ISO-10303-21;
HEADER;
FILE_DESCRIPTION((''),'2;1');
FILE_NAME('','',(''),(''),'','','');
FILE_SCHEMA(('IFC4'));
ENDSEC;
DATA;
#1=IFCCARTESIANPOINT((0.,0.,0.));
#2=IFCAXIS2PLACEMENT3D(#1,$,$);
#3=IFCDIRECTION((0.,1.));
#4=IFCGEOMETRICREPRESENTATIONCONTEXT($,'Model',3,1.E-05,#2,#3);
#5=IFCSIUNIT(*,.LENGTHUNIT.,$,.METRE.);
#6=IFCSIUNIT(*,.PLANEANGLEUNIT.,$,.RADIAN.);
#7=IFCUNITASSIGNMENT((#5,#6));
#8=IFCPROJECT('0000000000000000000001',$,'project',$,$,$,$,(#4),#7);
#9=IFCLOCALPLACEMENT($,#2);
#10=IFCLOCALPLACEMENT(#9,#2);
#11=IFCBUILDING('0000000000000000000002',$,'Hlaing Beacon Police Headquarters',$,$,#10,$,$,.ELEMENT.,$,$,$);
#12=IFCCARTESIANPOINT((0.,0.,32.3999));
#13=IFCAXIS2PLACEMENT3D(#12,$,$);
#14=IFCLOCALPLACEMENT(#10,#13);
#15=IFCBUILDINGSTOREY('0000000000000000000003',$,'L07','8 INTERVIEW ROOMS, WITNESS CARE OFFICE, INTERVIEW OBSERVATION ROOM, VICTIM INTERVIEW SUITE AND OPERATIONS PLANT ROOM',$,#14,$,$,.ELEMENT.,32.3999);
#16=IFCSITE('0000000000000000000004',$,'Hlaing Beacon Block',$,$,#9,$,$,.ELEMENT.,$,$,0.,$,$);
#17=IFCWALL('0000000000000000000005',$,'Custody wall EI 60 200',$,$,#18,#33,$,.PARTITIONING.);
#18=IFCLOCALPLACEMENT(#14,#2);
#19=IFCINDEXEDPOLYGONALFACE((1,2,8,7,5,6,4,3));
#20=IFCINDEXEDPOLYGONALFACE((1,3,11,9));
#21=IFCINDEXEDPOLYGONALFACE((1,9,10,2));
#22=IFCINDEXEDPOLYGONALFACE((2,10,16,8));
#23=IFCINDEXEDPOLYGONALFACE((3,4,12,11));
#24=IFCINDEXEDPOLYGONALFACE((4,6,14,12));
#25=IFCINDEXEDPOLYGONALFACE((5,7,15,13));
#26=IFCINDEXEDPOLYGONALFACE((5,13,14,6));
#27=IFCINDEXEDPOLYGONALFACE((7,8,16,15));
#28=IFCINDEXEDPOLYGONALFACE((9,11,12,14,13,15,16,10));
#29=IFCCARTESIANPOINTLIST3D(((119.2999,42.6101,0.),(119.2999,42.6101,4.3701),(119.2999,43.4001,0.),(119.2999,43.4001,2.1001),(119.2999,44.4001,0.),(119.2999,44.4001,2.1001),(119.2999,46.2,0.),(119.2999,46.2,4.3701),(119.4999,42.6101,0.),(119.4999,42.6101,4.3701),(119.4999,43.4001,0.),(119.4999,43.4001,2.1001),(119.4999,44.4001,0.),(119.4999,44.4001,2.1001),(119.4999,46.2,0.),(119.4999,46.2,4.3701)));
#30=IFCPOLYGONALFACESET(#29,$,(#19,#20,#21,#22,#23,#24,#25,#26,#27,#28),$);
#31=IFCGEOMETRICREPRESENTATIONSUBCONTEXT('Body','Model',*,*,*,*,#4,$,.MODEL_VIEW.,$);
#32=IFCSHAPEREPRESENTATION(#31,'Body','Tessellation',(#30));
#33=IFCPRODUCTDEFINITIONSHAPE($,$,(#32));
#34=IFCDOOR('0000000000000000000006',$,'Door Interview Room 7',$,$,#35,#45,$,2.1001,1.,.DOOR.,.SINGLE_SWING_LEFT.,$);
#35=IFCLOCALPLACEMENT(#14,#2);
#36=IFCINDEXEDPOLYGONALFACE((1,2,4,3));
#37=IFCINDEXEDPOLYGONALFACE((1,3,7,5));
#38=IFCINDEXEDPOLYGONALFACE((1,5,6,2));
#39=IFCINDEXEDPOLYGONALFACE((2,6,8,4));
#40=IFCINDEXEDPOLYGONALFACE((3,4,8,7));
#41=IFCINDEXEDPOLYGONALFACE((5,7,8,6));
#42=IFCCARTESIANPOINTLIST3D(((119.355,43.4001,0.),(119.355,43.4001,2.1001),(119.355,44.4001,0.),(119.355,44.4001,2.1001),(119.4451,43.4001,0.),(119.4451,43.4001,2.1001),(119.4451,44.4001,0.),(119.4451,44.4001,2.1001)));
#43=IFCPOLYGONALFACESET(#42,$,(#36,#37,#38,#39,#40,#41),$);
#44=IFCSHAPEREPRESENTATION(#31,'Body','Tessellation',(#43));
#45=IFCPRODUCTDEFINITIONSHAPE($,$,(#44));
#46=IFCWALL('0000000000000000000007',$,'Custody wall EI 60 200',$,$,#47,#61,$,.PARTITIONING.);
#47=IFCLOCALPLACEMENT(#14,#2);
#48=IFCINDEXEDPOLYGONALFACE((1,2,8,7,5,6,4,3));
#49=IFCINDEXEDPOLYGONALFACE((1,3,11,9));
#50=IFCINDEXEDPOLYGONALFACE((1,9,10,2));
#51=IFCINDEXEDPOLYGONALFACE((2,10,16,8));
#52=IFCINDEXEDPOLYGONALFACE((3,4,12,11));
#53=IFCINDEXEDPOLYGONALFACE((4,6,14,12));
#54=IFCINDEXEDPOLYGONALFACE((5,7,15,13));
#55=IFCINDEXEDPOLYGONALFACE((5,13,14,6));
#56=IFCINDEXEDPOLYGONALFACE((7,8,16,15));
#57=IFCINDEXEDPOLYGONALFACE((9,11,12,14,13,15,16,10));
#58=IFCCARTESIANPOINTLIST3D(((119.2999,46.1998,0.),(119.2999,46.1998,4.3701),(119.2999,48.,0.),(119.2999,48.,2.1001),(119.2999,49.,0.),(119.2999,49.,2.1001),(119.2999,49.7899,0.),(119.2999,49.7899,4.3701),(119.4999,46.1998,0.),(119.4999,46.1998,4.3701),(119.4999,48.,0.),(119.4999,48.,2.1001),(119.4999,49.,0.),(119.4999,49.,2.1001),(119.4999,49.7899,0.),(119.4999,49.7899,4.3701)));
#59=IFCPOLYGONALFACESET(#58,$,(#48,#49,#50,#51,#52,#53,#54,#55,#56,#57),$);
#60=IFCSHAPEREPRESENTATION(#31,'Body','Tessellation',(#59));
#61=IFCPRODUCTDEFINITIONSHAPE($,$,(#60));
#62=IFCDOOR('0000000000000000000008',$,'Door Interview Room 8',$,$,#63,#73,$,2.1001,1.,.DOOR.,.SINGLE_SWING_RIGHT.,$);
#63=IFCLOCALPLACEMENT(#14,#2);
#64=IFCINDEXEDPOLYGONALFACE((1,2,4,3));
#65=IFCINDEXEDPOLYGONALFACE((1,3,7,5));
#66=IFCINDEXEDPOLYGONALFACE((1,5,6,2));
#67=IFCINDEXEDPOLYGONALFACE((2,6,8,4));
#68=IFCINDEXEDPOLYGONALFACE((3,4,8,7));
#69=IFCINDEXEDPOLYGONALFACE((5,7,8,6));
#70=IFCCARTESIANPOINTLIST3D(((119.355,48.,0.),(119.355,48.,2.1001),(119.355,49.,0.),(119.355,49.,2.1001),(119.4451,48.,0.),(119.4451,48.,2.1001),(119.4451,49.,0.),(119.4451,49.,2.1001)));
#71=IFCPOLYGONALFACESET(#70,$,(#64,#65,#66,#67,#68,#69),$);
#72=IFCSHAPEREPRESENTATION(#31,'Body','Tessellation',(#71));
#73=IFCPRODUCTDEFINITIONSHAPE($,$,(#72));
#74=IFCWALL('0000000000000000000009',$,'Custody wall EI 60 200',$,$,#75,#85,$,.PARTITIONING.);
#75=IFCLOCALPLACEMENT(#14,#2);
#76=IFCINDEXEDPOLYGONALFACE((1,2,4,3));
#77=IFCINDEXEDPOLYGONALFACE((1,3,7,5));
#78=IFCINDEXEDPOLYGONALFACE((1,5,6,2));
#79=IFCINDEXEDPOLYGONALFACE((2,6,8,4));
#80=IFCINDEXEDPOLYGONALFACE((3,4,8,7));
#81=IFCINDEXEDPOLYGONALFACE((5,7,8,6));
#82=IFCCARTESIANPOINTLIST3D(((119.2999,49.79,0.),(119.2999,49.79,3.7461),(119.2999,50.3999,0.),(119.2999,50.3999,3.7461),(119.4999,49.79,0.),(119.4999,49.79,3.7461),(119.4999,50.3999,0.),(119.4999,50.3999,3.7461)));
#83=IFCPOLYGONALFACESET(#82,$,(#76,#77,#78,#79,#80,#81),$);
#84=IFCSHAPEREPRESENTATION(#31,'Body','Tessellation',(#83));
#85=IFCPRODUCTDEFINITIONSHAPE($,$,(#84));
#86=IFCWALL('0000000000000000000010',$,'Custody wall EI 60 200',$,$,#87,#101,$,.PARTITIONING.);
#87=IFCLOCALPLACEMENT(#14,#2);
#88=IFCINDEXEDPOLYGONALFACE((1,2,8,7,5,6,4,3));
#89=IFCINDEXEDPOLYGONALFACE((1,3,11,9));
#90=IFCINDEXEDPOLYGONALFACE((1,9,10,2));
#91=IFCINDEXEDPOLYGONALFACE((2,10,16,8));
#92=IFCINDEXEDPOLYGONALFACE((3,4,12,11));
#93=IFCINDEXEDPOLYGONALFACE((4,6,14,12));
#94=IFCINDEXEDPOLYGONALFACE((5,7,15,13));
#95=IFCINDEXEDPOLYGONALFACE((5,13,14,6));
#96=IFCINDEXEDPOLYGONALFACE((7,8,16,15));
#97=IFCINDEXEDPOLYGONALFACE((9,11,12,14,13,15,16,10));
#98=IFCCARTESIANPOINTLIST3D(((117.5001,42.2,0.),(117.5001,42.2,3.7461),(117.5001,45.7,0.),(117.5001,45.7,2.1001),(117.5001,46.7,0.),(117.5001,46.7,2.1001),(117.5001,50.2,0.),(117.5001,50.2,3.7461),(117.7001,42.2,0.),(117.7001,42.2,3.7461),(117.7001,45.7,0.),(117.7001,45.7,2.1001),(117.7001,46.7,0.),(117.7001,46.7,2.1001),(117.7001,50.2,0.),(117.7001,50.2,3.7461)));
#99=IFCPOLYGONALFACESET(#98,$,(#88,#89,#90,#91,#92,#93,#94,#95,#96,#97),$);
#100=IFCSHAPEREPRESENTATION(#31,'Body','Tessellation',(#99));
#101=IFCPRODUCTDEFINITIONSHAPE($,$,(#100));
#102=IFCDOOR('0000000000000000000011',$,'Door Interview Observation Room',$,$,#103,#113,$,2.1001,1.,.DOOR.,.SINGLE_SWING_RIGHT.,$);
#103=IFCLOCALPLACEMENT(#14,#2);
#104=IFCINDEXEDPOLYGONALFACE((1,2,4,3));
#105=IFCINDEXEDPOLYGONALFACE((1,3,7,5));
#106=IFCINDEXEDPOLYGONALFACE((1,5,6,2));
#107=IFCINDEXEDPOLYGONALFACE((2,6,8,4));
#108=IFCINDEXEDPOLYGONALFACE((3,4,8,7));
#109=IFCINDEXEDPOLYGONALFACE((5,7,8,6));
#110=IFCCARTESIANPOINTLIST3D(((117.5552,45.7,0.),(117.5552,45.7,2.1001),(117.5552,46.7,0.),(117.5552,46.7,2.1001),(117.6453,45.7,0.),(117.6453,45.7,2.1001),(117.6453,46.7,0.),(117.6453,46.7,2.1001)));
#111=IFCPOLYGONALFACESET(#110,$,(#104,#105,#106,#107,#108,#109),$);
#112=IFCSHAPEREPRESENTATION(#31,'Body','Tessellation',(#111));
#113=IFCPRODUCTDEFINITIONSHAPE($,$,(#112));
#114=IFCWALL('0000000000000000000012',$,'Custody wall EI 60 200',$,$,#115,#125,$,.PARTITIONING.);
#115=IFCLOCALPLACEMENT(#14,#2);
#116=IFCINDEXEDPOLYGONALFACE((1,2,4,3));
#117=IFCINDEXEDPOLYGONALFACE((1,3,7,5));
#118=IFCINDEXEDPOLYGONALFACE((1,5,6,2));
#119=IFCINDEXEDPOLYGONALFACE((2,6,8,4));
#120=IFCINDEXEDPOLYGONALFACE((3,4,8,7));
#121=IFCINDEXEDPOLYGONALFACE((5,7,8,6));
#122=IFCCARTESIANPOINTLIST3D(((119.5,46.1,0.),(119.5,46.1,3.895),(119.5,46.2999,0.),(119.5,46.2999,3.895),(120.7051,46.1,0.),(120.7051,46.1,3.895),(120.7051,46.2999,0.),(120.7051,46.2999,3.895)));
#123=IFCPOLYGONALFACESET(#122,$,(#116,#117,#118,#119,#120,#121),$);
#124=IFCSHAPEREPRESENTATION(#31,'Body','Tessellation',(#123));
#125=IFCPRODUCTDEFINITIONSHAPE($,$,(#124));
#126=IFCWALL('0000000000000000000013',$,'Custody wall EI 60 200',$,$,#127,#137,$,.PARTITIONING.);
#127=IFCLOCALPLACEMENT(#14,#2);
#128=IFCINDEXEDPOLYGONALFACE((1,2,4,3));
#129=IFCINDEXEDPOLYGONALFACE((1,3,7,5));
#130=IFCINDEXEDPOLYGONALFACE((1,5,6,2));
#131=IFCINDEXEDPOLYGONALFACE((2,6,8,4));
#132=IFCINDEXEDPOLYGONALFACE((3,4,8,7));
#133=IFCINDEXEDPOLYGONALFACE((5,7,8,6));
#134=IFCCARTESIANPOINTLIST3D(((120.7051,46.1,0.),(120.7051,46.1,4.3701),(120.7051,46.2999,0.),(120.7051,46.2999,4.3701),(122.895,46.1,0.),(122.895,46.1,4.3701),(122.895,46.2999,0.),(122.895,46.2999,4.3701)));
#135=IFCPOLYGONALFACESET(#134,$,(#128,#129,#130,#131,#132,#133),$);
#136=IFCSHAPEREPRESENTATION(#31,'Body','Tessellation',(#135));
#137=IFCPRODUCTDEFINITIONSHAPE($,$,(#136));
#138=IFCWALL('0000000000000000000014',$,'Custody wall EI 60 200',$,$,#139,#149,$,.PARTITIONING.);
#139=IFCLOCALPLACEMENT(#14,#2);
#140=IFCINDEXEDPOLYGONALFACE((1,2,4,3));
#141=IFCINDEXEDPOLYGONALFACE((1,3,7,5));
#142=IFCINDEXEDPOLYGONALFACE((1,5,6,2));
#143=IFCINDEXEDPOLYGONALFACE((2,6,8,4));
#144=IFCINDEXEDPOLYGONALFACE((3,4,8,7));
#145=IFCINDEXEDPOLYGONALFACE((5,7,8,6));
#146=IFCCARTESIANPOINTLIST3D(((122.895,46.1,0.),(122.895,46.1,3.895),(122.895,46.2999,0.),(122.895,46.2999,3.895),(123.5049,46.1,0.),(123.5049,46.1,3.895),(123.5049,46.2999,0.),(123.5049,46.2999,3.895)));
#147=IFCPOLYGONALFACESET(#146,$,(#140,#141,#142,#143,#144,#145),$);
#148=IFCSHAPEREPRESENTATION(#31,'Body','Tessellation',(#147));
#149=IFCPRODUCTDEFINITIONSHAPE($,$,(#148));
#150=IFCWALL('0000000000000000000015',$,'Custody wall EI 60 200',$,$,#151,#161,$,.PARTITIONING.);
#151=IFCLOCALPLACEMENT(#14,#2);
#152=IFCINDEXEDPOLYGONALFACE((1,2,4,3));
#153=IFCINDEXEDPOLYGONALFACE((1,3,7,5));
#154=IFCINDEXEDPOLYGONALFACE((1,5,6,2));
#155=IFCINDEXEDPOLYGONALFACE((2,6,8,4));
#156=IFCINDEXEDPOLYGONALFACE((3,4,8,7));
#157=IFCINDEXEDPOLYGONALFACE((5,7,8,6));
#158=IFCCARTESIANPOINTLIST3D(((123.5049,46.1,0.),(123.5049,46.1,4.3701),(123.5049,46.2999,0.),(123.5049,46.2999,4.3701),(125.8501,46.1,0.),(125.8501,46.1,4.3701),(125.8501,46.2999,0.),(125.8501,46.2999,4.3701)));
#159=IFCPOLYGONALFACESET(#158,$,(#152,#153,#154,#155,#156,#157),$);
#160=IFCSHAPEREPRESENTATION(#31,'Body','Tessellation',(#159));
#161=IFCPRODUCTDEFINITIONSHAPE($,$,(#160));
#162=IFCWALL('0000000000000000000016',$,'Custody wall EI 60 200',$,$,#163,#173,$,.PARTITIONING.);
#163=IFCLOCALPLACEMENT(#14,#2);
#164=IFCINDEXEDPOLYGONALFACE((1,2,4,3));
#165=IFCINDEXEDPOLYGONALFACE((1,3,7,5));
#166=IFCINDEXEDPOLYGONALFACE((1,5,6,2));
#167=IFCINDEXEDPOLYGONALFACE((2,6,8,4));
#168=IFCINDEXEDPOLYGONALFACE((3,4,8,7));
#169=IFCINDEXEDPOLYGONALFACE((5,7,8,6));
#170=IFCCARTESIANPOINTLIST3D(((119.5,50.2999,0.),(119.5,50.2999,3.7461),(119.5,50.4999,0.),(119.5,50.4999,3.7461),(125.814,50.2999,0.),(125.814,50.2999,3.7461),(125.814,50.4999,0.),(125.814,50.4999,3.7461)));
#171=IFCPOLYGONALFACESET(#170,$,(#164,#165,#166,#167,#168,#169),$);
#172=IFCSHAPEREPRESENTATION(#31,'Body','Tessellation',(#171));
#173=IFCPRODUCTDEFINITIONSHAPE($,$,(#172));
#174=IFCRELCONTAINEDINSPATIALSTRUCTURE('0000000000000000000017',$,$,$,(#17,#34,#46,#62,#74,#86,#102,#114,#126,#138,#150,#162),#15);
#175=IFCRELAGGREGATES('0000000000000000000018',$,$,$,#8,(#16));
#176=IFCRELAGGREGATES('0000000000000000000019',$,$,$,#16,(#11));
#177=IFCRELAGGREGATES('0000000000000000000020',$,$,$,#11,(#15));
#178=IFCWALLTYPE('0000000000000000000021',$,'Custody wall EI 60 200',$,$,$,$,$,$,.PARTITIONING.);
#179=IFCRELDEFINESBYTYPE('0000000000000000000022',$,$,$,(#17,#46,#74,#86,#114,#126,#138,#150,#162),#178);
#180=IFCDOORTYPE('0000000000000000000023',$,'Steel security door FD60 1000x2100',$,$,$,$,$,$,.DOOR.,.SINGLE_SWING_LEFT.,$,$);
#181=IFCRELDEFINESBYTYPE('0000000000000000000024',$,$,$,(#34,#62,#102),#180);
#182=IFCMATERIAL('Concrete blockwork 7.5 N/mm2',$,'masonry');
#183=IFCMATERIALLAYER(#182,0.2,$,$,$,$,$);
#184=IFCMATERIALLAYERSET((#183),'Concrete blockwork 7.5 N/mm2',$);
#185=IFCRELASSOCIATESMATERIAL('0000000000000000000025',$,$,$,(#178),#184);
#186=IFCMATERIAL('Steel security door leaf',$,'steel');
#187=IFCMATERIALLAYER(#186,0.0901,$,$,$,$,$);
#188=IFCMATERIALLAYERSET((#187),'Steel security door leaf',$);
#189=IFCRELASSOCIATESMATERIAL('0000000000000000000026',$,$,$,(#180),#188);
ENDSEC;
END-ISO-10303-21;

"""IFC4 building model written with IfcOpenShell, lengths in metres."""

from ifc_helpers import new_model, si_unit, direction, frame, frame_2d, origin, place, context, subcontext, project, spatial, rectangle, extrude, material, layer, layer_set, type_object, element, fill, save


model = new_model("IFC4")

# Units and contexts
model_context = context("Model", 3, precision=1e-05, world=origin(), true_north=direction((0.0, 1.0)))
body_context = subcontext(model_context, "Body", "Model", "MODEL_VIEW")
ifc_project = project(units=[si_unit("LENGTHUNIT", "METRE"), si_unit("PLANEANGLEUNIT", "RADIAN")], contexts=[model_context])

# Site, building, storey
site_placement = place(None, origin())
site = spatial("IfcSite", under=ifc_project, at=site_placement, Name="Hlaing Beacon Block", CompositionType="ELEMENT", RefElevation=0.0)
building_placement = place(site_placement, origin())
building = spatial("IfcBuilding", under=site, at=building_placement, Name="Hlaing Beacon Police Headquarters", CompositionType="ELEMENT")
storey_placement = place(building_placement, frame((0.0, 0.0, 32.3999)))
storey = spatial("IfcBuildingStorey", under=building, at=storey_placement, Name="L07", Description="8 INTERVIEW ROOMS, WITNESS CARE OFFICE, INTERVIEW OBSERVATION ROOM, VICTIM INTERVIEW SUITE AND OPERATIONS PLANT ROOM", CompositionType="ELEMENT", Elevation=32.3999)

# Walls, openings, doors
ifc_material_1 = material(Name="Concrete blockwork 7.5 N/mm2", Category="masonry")
ifc_layer_1 = layer(ifc_material_1, 0.2)
ifc_layer_set_1 = layer_set([ifc_layer_1], Name="Concrete blockwork 7.5 N/mm2")
wall_type_1 = type_object("IfcWallType", Name="Custody wall EI 60 200", PredefinedType="PARTITIONING", material=ifc_layer_set_1)
wall_1_placement = place(storey_placement, frame((119.3999, 42.6101, 0.0), z_axis=(0.0, 0.0, 1.0), x_axis=(0.0, 1.0, 0.0)))
wall_1 = element("IfcWall", 1, at=wall_1_placement, inside=storey, type_object=wall_type_1, Name="Custody wall EI 60 200", PredefinedType="PARTITIONING", context=body_context, shape_type="SweptSolid", body=[
    extrude(rectangle(XDim=3.5898, YDim=0.2, at=frame_2d((1.7949, 0.0))), origin(), (0.0, 0.0, 1.0), 4.3701),
])
opening_1_placement = place(wall_1_placement, frame((0.79, 0.0, 0.0)))
opening_1 = element("IfcOpeningElement", 2, at=opening_1_placement, cuts=wall_1, PredefinedType="OPENING", context=body_context, shape_type="SweptSolid", body=[
    extrude(rectangle(XDim=1.0, YDim=2.1001, at=frame_2d((0.5, 1.05))), frame((0.0, 0.1099, 0.0), z_axis=(0.0, -1.0, 0.0), x_axis=(1.0, 0.0, 0.0)), (0.0, 0.0, 1.0), 0.22),
])
ifc_material_2 = material(Name="Steel security door leaf", Category="steel")
ifc_layer_2 = layer(ifc_material_2, 0.0901)
ifc_layer_set_2 = layer_set([ifc_layer_2], Name="Steel security door leaf")
door_type = type_object("IfcDoorType", Name="Steel security door FD60 1000x2100", OperationType="SINGLE_SWING_LEFT", PredefinedType="DOOR", material=ifc_layer_set_2)
door_1_placement = place(opening_1_placement, frame((1.0, 0.0, 0.0), z_axis=(0.0, 0.0, 1.0), x_axis=(-1.0, 0.0, 0.0)))
door_1 = element("IfcDoor", 3, at=door_1_placement, inside=storey, type_object=door_type, Name="Door Interview Room 7", OperationType="SINGLE_SWING_LEFT", OverallHeight=2.1001, OverallWidth=1.0, PredefinedType="DOOR", context=body_context, shape_type="SweptSolid", body=[
    extrude(rectangle(XDim=1.0, YDim=2.1001, at=frame_2d((0.5, 1.05))), frame((0.0, 0.0452, 0.0), z_axis=(0.0, -1.0, 0.0), x_axis=(1.0, 0.0, 0.0)), (0.0, 0.0, 1.0), 0.0901),
])
fill(opening_1, door_1)
wall_2_placement = place(storey_placement, frame((119.3999, 46.2, 0.0), z_axis=(0.0, 0.0, 1.0), x_axis=(0.0, 1.0, 0.0)))
wall_2 = element("IfcWall", 4, at=wall_2_placement, inside=storey, type_object=wall_type_1, Name="Custody wall EI 60 200", PredefinedType="PARTITIONING", context=body_context, shape_type="SweptSolid", body=[
    extrude(rectangle(XDim=3.5901, YDim=0.2, at=frame_2d((1.7949, 0.0))), origin(), (0.0, 0.0, 1.0), 4.3701),
])
opening_2_placement = place(wall_2_placement, frame((1.8, 0.0, 0.0)))
opening_2 = element("IfcOpeningElement", 5, at=opening_2_placement, cuts=wall_2, PredefinedType="OPENING", context=body_context, shape_type="SweptSolid", body=[
    extrude(rectangle(XDim=1.0, YDim=2.1001, at=frame_2d((0.5, 1.05))), frame((0.0, 0.1099, 0.0), z_axis=(0.0, -1.0, 0.0), x_axis=(1.0, 0.0, 0.0)), (0.0, 0.0, 1.0), 0.22),
])
door_2_placement = place(opening_2_placement, frame((1.0, 0.0, 0.0), z_axis=(0.0, 0.0, 1.0), x_axis=(-1.0, 0.0, 0.0)))
door_2 = element("IfcDoor", 6, at=door_2_placement, inside=storey, type_object=door_type, Name="Door Interview Room 8", OperationType="SINGLE_SWING_RIGHT", OverallHeight=2.1001, OverallWidth=1.0, PredefinedType="DOOR", context=body_context, shape_type="SweptSolid", body=[
    extrude(rectangle(XDim=1.0, YDim=2.1001, at=frame_2d((0.5, 1.05))), frame((0.0, 0.0452, 0.0), z_axis=(0.0, -1.0, 0.0), x_axis=(1.0, 0.0, 0.0)), (0.0, 0.0, 1.0), 0.0901),
])
fill(opening_2, door_2)

# Wall
wall_3_placement = place(storey_placement, frame((119.3999, 49.79, 0.0), z_axis=(0.0, 0.0, 1.0), x_axis=(0.0, 1.0, 0.0)))
element("IfcWall", 7, at=wall_3_placement, inside=storey, type_object=wall_type_1, Name="Custody wall EI 60 200", PredefinedType="PARTITIONING", context=body_context, shape_type="SweptSolid", body=[
    extrude(rectangle(XDim=0.6099, YDim=0.2, at=frame_2d((0.3049, 0.0))), origin(), (0.0, 0.0, 1.0), 3.7461),
])

# Wall, opening, door
wall_4_placement = place(storey_placement, frame((117.6001, 42.2, 0.0), z_axis=(0.0, 0.0, 1.0), x_axis=(0.0, 1.0, 0.0)))
wall_4 = element("IfcWall", 8, at=wall_4_placement, inside=storey, type_object=wall_type_1, Name="Custody wall EI 60 200", PredefinedType="PARTITIONING", context=body_context, shape_type="SweptSolid", body=[
    extrude(rectangle(XDim=8.0, YDim=0.2, at=frame_2d((4.0, 0.0))), origin(), (0.0, 0.0, 1.0), 3.7461),
])
opening_3_placement = place(wall_4_placement, frame((3.5, 0.0, 0.0)))
opening_3 = element("IfcOpeningElement", 9, at=opening_3_placement, cuts=wall_4, PredefinedType="OPENING", context=body_context, shape_type="SweptSolid", body=[
    extrude(rectangle(XDim=1.0, YDim=2.1001, at=frame_2d((0.5, 1.05))), frame((0.0, 0.1099, 0.0), z_axis=(0.0, -1.0, 0.0), x_axis=(1.0, 0.0, 0.0)), (0.0, 0.0, 1.0), 0.22),
])
door_3_placement = place(opening_3_placement, origin())
door_3 = element("IfcDoor", 10, at=door_3_placement, inside=storey, type_object=door_type, Name="Door Interview Observation Room", OperationType="SINGLE_SWING_RIGHT", OverallHeight=2.1001, OverallWidth=1.0, PredefinedType="DOOR", context=body_context, shape_type="SweptSolid", body=[
    extrude(rectangle(XDim=1.0, YDim=2.1001, at=frame_2d((0.5, 1.05))), frame((0.0, 0.0449, 0.0), z_axis=(0.0, -1.0, 0.0), x_axis=(1.0, 0.0, 0.0)), (0.0, 0.0, 1.0), 0.0901),
])
fill(opening_3, door_3)

# Walls
wall_5_placement = place(storey_placement, frame((119.5, 46.2, 0.0), z_axis=(0.0, 0.0, 1.0), x_axis=(1.0, 0.0, 0.0)))
element("IfcWall", 11, at=wall_5_placement, inside=storey, type_object=wall_type_1, Name="Custody wall EI 60 200", PredefinedType="PARTITIONING", context=body_context, shape_type="SweptSolid", body=[
    extrude(rectangle(XDim=1.2051, YDim=0.2, at=frame_2d((0.6025, 0.0))), origin(), (0.0, 0.0, 1.0), 3.895),
])
wall_6_placement = place(storey_placement, frame((120.7051, 46.2, 0.0), z_axis=(0.0, 0.0, 1.0), x_axis=(1.0, 0.0, 0.0)))
element("IfcWall", 12, at=wall_6_placement, inside=storey, type_object=wall_type_1, Name="Custody wall EI 60 200", PredefinedType="PARTITIONING", context=body_context, shape_type="SweptSolid", body=[
    extrude(rectangle(XDim=2.1899, YDim=0.2, at=frame_2d((1.095, 0.0))), origin(), (0.0, 0.0, 1.0), 4.3701),
])
wall_7_placement = place(storey_placement, frame((122.895, 46.2, 0.0), z_axis=(0.0, 0.0, 1.0), x_axis=(1.0, 0.0, 0.0)))
element("IfcWall", 13, at=wall_7_placement, inside=storey, type_object=wall_type_1, Name="Custody wall EI 60 200", PredefinedType="PARTITIONING", context=body_context, shape_type="SweptSolid", body=[
    extrude(rectangle(XDim=0.6099, YDim=0.2, at=frame_2d((0.3049, 0.0))), origin(), (0.0, 0.0, 1.0), 3.895),
])
wall_8_placement = place(storey_placement, frame((123.5049, 46.2, 0.0), z_axis=(0.0, 0.0, 1.0), x_axis=(1.0, 0.0, 0.0)))
element("IfcWall", 14, at=wall_8_placement, inside=storey, type_object=wall_type_1, Name="Custody wall EI 60 200", PredefinedType="PARTITIONING", context=body_context, shape_type="SweptSolid", body=[
    extrude(rectangle(XDim=2.3452, YDim=0.2, at=frame_2d((1.1726, 0.0))), origin(), (0.0, 0.0, 1.0), 4.3701),
])
wall_9_placement = place(storey_placement, frame((119.5, 50.3999, 0.0), z_axis=(0.0, 0.0, 1.0), x_axis=(1.0, 0.0, 0.0)))
element("IfcWall", 15, at=wall_9_placement, inside=storey, type_object=wall_type_1, Name="Custody wall EI 60 200", PredefinedType="PARTITIONING", context=body_context, shape_type="SweptSolid", body=[
    extrude(rectangle(XDim=6.314, YDim=0.2, at=frame_2d((3.157, 0.0))), origin(), (0.0, 0.0, 1.0), 3.7461),
])

save(model, "model.ifc")
